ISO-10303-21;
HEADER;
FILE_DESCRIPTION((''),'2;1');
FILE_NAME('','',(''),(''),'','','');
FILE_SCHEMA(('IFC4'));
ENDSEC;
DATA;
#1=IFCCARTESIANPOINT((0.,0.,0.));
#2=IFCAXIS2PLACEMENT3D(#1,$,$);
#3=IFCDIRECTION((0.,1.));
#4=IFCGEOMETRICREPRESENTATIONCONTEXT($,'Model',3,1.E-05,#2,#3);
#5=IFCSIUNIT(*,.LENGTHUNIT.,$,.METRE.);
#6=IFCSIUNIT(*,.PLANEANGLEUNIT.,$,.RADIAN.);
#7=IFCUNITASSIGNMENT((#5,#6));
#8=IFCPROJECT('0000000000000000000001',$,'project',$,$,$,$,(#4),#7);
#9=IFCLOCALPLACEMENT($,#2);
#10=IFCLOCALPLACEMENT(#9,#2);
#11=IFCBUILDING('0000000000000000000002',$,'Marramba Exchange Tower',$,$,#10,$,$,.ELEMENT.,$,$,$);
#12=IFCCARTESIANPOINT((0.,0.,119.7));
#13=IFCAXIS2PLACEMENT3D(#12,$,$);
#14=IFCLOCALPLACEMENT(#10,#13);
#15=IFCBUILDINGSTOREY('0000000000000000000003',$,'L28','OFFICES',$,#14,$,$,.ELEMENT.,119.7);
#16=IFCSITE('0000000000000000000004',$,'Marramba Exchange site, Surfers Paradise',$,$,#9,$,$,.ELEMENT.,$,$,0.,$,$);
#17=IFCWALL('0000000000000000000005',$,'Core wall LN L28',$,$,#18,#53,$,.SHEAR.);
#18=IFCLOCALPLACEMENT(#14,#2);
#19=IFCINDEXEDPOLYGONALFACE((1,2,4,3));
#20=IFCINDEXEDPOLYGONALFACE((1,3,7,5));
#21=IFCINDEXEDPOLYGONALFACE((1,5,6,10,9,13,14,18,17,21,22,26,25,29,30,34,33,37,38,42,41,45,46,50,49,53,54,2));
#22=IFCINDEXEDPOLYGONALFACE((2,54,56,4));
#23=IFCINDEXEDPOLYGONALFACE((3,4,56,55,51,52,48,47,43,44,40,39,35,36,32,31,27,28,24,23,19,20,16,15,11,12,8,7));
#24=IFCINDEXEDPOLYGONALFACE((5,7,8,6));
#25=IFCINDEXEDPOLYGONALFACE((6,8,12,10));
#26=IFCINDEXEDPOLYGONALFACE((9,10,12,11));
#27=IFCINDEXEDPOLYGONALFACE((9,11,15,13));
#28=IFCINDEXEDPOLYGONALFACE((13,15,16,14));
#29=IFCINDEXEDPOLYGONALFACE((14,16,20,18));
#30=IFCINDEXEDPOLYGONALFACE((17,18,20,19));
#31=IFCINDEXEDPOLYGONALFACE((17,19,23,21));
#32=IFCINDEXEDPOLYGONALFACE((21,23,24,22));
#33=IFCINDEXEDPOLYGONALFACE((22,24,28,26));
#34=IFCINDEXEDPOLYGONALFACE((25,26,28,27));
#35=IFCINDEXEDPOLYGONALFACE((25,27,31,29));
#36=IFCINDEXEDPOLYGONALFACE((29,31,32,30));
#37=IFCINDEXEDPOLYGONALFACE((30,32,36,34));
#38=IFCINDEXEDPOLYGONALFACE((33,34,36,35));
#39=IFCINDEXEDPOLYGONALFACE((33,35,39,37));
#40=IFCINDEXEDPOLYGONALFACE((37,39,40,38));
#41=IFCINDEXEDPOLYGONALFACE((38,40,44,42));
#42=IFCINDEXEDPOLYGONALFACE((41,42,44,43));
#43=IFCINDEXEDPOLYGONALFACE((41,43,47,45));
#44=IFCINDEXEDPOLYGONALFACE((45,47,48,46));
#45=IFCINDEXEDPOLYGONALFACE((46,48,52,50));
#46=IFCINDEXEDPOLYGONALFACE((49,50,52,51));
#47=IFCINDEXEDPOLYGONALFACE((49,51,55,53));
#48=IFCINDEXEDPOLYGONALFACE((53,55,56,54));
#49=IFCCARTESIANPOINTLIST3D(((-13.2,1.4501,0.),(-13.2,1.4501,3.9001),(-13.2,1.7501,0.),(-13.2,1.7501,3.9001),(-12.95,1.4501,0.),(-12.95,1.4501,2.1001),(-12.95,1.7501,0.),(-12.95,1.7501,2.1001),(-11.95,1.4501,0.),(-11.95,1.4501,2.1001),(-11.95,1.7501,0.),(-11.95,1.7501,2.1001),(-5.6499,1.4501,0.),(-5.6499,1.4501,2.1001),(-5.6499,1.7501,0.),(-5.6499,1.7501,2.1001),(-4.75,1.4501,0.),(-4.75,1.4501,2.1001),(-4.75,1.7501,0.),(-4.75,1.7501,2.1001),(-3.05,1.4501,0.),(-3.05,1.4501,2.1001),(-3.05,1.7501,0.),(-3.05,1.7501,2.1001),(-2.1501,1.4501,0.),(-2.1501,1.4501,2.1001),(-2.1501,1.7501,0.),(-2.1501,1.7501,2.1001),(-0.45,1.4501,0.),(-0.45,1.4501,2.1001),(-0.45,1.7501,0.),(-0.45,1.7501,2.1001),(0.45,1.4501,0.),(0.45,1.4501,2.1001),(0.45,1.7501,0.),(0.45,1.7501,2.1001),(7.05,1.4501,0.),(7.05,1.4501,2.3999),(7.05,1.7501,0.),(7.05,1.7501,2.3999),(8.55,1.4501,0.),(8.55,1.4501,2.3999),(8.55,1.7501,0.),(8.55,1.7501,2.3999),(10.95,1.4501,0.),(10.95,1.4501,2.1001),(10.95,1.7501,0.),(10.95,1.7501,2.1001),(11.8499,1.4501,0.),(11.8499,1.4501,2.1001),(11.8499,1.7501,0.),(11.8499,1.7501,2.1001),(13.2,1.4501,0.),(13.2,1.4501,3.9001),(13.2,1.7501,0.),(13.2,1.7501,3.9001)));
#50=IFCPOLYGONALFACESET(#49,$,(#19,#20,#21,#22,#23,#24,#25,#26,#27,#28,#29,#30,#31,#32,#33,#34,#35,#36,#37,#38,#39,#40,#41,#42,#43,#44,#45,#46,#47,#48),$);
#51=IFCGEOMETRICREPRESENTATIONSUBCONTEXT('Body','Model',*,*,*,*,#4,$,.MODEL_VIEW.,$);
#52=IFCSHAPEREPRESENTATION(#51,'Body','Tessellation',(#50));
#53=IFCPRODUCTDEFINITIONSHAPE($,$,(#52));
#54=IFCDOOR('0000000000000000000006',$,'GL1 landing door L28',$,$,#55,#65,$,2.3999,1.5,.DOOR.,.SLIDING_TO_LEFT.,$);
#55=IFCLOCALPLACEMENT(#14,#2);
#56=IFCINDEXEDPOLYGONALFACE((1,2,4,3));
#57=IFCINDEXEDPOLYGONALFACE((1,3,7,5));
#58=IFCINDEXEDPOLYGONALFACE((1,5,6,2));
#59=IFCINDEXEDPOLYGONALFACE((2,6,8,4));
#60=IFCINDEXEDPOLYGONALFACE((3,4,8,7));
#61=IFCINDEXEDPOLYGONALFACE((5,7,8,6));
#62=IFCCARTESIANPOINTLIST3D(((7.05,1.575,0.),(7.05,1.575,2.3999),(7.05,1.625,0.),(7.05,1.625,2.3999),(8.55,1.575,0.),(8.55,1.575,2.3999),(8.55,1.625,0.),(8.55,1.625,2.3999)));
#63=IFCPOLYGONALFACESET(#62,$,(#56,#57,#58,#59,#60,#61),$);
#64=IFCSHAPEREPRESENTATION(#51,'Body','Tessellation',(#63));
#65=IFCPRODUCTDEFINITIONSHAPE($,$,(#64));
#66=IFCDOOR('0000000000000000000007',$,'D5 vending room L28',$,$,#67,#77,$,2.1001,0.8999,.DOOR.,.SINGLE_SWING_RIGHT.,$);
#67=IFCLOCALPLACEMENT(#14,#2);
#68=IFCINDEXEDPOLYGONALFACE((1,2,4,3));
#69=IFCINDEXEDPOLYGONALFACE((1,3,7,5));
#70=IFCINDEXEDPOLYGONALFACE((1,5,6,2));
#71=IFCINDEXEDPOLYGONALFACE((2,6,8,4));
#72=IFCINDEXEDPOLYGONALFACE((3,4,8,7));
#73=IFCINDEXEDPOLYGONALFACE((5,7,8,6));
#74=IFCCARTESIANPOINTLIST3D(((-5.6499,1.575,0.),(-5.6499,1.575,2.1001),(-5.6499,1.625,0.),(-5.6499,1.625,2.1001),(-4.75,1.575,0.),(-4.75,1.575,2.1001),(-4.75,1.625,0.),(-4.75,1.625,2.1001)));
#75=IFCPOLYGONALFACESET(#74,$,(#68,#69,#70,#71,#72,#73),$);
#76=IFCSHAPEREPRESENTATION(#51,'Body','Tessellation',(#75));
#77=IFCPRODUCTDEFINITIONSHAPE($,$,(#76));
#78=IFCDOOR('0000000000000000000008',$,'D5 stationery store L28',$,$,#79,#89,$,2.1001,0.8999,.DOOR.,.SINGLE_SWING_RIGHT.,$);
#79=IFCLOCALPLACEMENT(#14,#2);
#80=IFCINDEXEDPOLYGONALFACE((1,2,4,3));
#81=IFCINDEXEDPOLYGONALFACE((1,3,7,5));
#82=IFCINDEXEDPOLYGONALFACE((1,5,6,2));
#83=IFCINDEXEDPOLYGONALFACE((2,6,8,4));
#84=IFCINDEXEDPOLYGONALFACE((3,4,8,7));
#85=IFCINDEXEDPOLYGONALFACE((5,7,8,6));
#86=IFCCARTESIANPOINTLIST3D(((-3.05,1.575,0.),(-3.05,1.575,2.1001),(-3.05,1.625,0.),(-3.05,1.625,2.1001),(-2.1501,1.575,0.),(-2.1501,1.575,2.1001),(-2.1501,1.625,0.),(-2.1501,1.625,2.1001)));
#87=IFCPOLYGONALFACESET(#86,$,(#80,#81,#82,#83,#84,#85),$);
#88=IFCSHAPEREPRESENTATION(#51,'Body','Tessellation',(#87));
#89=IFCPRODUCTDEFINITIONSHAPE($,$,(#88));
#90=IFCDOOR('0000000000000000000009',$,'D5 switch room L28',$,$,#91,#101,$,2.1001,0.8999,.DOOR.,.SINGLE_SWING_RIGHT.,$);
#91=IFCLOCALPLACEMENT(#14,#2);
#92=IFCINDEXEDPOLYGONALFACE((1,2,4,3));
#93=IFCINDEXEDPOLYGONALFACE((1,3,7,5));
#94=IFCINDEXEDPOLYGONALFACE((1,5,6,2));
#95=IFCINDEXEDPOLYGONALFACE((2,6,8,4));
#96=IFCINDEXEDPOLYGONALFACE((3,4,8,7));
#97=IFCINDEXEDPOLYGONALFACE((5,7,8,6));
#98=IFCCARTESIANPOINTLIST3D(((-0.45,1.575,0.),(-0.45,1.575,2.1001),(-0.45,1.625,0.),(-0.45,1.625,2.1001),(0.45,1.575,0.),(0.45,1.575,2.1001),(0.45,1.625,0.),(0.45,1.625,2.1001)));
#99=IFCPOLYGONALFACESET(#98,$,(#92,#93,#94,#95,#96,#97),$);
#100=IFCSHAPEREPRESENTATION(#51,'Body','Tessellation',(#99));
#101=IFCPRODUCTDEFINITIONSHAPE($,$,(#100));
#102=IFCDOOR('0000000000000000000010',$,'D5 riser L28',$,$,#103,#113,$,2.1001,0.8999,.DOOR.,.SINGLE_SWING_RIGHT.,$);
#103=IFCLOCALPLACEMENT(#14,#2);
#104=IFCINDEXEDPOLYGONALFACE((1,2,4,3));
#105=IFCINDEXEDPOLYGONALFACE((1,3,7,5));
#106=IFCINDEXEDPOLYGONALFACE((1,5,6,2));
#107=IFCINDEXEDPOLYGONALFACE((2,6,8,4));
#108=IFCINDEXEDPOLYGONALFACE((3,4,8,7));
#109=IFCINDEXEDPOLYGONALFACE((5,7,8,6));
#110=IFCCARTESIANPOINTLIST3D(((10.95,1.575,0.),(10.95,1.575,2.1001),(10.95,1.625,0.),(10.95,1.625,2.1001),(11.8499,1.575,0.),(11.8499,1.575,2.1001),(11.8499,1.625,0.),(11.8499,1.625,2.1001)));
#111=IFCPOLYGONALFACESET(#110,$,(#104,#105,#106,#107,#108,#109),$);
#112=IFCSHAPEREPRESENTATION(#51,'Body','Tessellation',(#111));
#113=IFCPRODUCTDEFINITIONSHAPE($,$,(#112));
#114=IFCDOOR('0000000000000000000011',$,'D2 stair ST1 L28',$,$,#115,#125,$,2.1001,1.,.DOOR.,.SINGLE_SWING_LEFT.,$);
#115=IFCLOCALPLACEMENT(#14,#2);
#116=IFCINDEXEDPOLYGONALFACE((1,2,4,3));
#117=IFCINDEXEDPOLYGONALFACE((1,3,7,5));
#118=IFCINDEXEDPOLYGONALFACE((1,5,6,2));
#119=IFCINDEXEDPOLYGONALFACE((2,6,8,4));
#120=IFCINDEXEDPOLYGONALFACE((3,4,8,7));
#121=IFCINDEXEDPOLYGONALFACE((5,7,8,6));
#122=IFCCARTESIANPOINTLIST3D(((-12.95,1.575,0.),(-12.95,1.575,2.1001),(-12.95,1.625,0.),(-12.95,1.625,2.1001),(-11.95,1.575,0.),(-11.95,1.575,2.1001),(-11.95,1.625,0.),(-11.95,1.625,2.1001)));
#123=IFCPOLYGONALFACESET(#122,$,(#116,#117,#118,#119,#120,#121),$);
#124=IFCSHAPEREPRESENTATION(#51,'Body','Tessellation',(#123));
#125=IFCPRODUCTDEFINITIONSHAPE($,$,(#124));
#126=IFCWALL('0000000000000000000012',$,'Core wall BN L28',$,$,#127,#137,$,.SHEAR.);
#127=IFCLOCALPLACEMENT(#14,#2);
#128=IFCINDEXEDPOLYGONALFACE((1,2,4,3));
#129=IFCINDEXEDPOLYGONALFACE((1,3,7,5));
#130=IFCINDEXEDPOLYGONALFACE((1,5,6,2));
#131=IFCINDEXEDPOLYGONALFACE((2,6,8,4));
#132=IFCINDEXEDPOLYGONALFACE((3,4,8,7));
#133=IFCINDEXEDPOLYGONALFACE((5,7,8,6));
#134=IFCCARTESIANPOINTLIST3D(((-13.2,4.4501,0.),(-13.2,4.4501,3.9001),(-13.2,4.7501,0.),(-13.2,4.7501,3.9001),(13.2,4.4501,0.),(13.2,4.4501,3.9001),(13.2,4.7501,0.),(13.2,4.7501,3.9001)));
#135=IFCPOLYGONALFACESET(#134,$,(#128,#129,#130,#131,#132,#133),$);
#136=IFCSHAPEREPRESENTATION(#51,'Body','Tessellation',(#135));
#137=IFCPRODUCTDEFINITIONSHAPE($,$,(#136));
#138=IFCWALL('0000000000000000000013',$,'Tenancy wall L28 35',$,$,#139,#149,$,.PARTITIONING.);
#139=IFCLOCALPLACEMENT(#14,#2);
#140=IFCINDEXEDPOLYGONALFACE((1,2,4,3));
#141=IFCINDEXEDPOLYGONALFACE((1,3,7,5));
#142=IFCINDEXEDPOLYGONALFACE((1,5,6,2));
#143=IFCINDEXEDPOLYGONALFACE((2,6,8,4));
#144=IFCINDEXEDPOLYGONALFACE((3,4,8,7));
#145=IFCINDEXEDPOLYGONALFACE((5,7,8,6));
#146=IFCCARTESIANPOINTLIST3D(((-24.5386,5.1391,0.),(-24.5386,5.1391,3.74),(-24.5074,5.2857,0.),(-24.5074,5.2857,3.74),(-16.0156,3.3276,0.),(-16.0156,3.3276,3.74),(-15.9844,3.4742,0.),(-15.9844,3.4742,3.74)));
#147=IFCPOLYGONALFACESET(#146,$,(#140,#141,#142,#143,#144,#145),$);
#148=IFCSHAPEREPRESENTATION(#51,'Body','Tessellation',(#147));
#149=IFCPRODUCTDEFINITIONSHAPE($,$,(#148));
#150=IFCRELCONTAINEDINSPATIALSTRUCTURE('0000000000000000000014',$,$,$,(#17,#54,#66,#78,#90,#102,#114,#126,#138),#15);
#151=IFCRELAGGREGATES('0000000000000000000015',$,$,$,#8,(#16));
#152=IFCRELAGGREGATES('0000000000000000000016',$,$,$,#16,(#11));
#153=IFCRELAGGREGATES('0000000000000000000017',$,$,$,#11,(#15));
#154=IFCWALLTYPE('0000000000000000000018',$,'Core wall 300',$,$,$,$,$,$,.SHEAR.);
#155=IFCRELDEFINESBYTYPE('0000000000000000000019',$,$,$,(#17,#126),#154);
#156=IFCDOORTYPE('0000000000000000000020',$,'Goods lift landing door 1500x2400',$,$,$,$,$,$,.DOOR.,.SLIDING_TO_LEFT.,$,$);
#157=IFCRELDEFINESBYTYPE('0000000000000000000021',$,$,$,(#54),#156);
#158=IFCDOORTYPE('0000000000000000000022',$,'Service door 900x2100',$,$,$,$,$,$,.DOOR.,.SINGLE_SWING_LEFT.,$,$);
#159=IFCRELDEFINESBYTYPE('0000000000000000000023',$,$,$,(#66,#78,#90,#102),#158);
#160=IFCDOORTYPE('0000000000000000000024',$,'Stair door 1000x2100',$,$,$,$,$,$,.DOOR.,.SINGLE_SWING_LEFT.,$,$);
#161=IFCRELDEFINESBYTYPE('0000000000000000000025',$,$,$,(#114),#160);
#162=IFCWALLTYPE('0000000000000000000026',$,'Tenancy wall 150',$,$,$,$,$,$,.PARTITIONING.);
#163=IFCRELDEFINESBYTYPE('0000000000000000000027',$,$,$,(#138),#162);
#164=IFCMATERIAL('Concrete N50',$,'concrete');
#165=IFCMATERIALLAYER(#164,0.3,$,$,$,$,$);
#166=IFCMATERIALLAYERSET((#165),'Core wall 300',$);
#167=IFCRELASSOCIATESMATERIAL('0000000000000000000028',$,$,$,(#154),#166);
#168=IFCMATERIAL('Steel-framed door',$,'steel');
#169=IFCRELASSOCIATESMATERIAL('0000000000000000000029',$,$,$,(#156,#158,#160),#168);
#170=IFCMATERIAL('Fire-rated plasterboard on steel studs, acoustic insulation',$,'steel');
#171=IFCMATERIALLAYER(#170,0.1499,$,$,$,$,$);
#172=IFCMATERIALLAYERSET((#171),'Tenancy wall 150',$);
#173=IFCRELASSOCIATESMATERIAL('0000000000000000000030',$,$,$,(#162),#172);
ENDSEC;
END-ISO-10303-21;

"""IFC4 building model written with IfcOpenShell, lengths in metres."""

from ifc_helpers import new_model, si_unit, direction, frame, frame_2d, origin, place, context, subcontext, project, spatial, rectangle, extrude, material, layer, layer_set, type_object, element, fill, save


model = new_model("IFC4")

# Units and contexts
model_context = context("Model", 3, precision=1e-05, world=origin(), true_north=direction((0.0, 1.0)))
body_context = subcontext(model_context, "Body", "Model", "MODEL_VIEW")
ifc_project = project(units=[si_unit("LENGTHUNIT", "METRE"), si_unit("PLANEANGLEUNIT", "RADIAN")], contexts=[model_context])

# Site, building, storey
site_placement = place(None, origin())
site = spatial("IfcSite", under=ifc_project, at=site_placement, Name="Marramba Exchange site, Surfers Paradise", CompositionType="ELEMENT", RefElevation=0.0)
building_placement = place(site_placement, origin())
building = spatial("IfcBuilding", under=site, at=building_placement, Name="Marramba Exchange Tower", CompositionType="ELEMENT")
storey_placement = place(building_placement, frame((0.0, 0.0, 119.7)))
storey = spatial("IfcBuildingStorey", under=building, at=storey_placement, Name="L28", Description="OFFICES", CompositionType="ELEMENT", Elevation=119.7)

# Shared definitions
ifc_material_1 = material(Name="Concrete N50", Category="concrete")

# Wall, openings, doors
ifc_layer_1 = layer(ifc_material_1, 0.3)
ifc_layer_set_1 = layer_set([ifc_layer_1], Name="Core wall 300")
wall_type_1 = type_object("IfcWallType", Name="Core wall 300", PredefinedType="SHEAR", material=ifc_layer_set_1)
wall_1_placement = place(storey_placement, frame((-13.2, 1.6001, 0.0), z_axis=(0.0, 0.0, 1.0), x_axis=(1.0, 0.0, 0.0)))
wall_1 = element("IfcWall", 1, at=wall_1_placement, inside=storey, type_object=wall_type_1, Name="Core wall LN L28", PredefinedType="SHEAR", context=body_context, shape_type="SweptSolid", body=[
    extrude(rectangle(XDim=26.3999, YDim=0.3, at=frame_2d((13.2, 0.0))), origin(), (0.0, 0.0, 1.0), 3.9001),
])
opening_1_placement = place(wall_1_placement, frame((0.25, 0.0, 0.0)))
opening_1 = element("IfcOpeningElement", 2, at=opening_1_placement, cuts=wall_1, PredefinedType="OPENING", context=body_context, shape_type="SweptSolid", body=[
    extrude(rectangle(XDim=1.0, YDim=2.1001, at=frame_2d((0.5, 1.05))), frame((0.0, 0.1599, 0.0), z_axis=(0.0, -1.0, 0.0), x_axis=(1.0, 0.0, 0.0)), (0.0, 0.0, 1.0), 0.3201),
])
opening_2_placement = place(wall_1_placement, frame((20.25, 0.0, 0.0)))
opening_2 = element("IfcOpeningElement", 3, at=opening_2_placement, cuts=wall_1, PredefinedType="OPENING", context=body_context, shape_type="SweptSolid", body=[
    extrude(rectangle(XDim=1.5, YDim=2.3999, at=frame_2d((0.75, 1.2))), frame((0.0, 0.1599, 0.0), z_axis=(0.0, -1.0, 0.0), x_axis=(1.0, 0.0, 0.0)), (0.0, 0.0, 1.0), 0.3201),
])
opening_3_placement = place(wall_1_placement, frame((7.55, 0.0, 0.0)))
opening_3 = element("IfcOpeningElement", 4, at=opening_3_placement, cuts=wall_1, PredefinedType="OPENING", context=body_context, shape_type="SweptSolid", body=[
    extrude(rectangle(XDim=0.8999, YDim=2.1001, at=frame_2d((0.45, 1.05))), frame((0.0, 0.1599, 0.0), z_axis=(0.0, -1.0, 0.0), x_axis=(1.0, 0.0, 0.0)), (0.0, 0.0, 1.0), 0.3201),
])
opening_4_placement = place(wall_1_placement, frame((10.1499, 0.0, 0.0)))
opening_4 = element("IfcOpeningElement", 5, at=opening_4_placement, cuts=wall_1, PredefinedType="OPENING", context=body_context, shape_type="SweptSolid", body=[
    extrude(rectangle(XDim=0.8999, YDim=2.1001, at=frame_2d((0.45, 1.05))), frame((0.0, 0.1599, 0.0), z_axis=(0.0, -1.0, 0.0), x_axis=(1.0, 0.0, 0.0)), (0.0, 0.0, 1.0), 0.3201),
])
opening_5_placement = place(wall_1_placement, frame((12.75, 0.0, 0.0)))
opening_5 = element("IfcOpeningElement", 6, at=opening_5_placement, cuts=wall_1, PredefinedType="OPENING", context=body_context, shape_type="SweptSolid", body=[
    extrude(rectangle(XDim=0.8999, YDim=2.1001, at=frame_2d((0.45, 1.05))), frame((0.0, 0.1599, 0.0), z_axis=(0.0, -1.0, 0.0), x_axis=(1.0, 0.0, 0.0)), (0.0, 0.0, 1.0), 0.3201),
])
opening_6_placement = place(wall_1_placement, frame((24.1499, 0.0, 0.0)))
opening_6 = element("IfcOpeningElement", 7, at=opening_6_placement, cuts=wall_1, PredefinedType="OPENING", context=body_context, shape_type="SweptSolid", body=[
    extrude(rectangle(XDim=0.8999, YDim=2.1001, at=frame_2d((0.45, 1.05))), frame((0.0, 0.1599, 0.0), z_axis=(0.0, -1.0, 0.0), x_axis=(1.0, 0.0, 0.0)), (0.0, 0.0, 1.0), 0.3201),
])
ifc_material_2 = material(Name="Steel-framed door", Category="steel")
door_type_1 = type_object("IfcDoorType", Name="Goods lift landing door 1500x2400", OperationType="SLIDING_TO_LEFT", PredefinedType="DOOR", material=ifc_material_2)
door_1_placement = place(opening_2_placement, origin())
door_1 = element("IfcDoor", 8, at=door_1_placement, inside=storey, type_object=door_type_1, Name="GL1 landing door L28", OperationType="SLIDING_TO_LEFT", OverallHeight=2.3999, OverallWidth=1.5, PredefinedType="DOOR", context=body_context, shape_type="SweptSolid", body=[
    extrude(rectangle(XDim=1.5, YDim=2.3999, at=frame_2d((0.75, 1.2))), frame((0.0, 0.0249, 0.0), z_axis=(0.0, -1.0, 0.0), x_axis=(1.0, 0.0, 0.0)), (0.0, 0.0, 1.0), 0.05),
])
fill(opening_2, door_1)
door_type_2 = type_object("IfcDoorType", Name="Service door 900x2100", OperationType="SINGLE_SWING_LEFT", PredefinedType="DOOR", material=ifc_material_2)
door_2_placement = place(opening_3_placement, origin())
door_2 = element("IfcDoor", 9, at=door_2_placement, inside=storey, type_object=door_type_2, Name="D5 vending room L28", OperationType="SINGLE_SWING_RIGHT", OverallHeight=2.1001, OverallWidth=0.8999, PredefinedType="DOOR", context=body_context, shape_type="SweptSolid", body=[
    extrude(rectangle(XDim=0.8999, YDim=2.1001, at=frame_2d((0.45, 1.05))), frame((0.0, 0.0249, 0.0), z_axis=(0.0, -1.0, 0.0), x_axis=(1.0, 0.0, 0.0)), (0.0, 0.0, 1.0), 0.05),
])
fill(opening_3, door_2)
door_3_placement = place(opening_4_placement, origin())
door_3 = element("IfcDoor", 10, at=door_3_placement, inside=storey, type_object=door_type_2, Name="D5 stationery store L28", OperationType="SINGLE_SWING_RIGHT", OverallHeight=2.1001, OverallWidth=0.8999, PredefinedType="DOOR", context=body_context, shape_type="SweptSolid", body=[
    extrude(rectangle(XDim=0.8999, YDim=2.1001, at=frame_2d((0.45, 1.05))), frame((0.0, 0.0249, 0.0), z_axis=(0.0, -1.0, 0.0), x_axis=(1.0, 0.0, 0.0)), (0.0, 0.0, 1.0), 0.05),
])
fill(opening_4, door_3)
door_4_placement = place(opening_5_placement, origin())
door_4 = element("IfcDoor", 11, at=door_4_placement, inside=storey, type_object=door_type_2, Name="D5 switch room L28", OperationType="SINGLE_SWING_RIGHT", OverallHeight=2.1001, OverallWidth=0.8999, PredefinedType="DOOR", context=body_context, shape_type="SweptSolid", body=[
    extrude(rectangle(XDim=0.8999, YDim=2.1001, at=frame_2d((0.45, 1.05))), frame((0.0, 0.0249, 0.0), z_axis=(0.0, -1.0, 0.0), x_axis=(1.0, 0.0, 0.0)), (0.0, 0.0, 1.0), 0.05),
])
fill(opening_5, door_4)
door_5_placement = place(opening_6_placement, origin())
door_5 = element("IfcDoor", 12, at=door_5_placement, inside=storey, type_object=door_type_2, Name="D5 riser L28", OperationType="SINGLE_SWING_RIGHT", OverallHeight=2.1001, OverallWidth=0.8999, PredefinedType="DOOR", context=body_context, shape_type="SweptSolid", body=[
    extrude(rectangle(XDim=0.8999, YDim=2.1001, at=frame_2d((0.45, 1.05))), frame((0.0, 0.0249, 0.0), z_axis=(0.0, -1.0, 0.0), x_axis=(1.0, 0.0, 0.0)), (0.0, 0.0, 1.0), 0.05),
])
fill(opening_6, door_5)
door_type_3 = type_object("IfcDoorType", Name="Stair door 1000x2100", OperationType="SINGLE_SWING_LEFT", PredefinedType="DOOR", material=ifc_material_2)
door_6_placement = place(opening_1_placement, origin())
door_6 = element("IfcDoor", 13, at=door_6_placement, inside=storey, type_object=door_type_3, Name="D2 stair ST1 L28", OperationType="SINGLE_SWING_LEFT", OverallHeight=2.1001, OverallWidth=1.0, PredefinedType="DOOR", context=body_context, shape_type="SweptSolid", body=[
    extrude(rectangle(XDim=1.0, YDim=2.1001, at=frame_2d((0.5, 1.05))), frame((0.0, 0.0249, 0.0), z_axis=(0.0, -1.0, 0.0), x_axis=(1.0, 0.0, 0.0)), (0.0, 0.0, 1.0), 0.05),
])
fill(opening_1, door_6)

# Walls
wall_2_placement = place(storey_placement, frame((-13.2, 4.6001, 0.0), z_axis=(0.0, 0.0, 1.0), x_axis=(1.0, 0.0, 0.0)))
element("IfcWall", 14, at=wall_2_placement, inside=storey, type_object=wall_type_1, Name="Core wall BN L28", PredefinedType="SHEAR", context=body_context, shape_type="SweptSolid", body=[
    extrude(rectangle(XDim=26.3999, YDim=0.3, at=frame_2d((13.2, 0.0))), origin(), (0.0, 0.0, 1.0), 3.9001),
])
ifc_material_3 = material(Name="Fire-rated plasterboard on steel studs, acoustic insulation", Category="steel")
ifc_layer_2 = layer(ifc_material_3, 0.1499)
ifc_layer_set_2 = layer_set([ifc_layer_2], Name="Tenancy wall 150")
wall_type_2 = type_object("IfcWallType", Name="Tenancy wall 150", PredefinedType="PARTITIONING", material=ifc_layer_set_2)
wall_3_placement = place(storey_placement, frame((-16.0, 3.4009, 0.0), z_axis=(0.0, 0.0, 1.0), x_axis=(-0.97815, 0.207902, 0.0)))
element("IfcWall", 15, at=wall_3_placement, inside=storey, type_object=wall_type_2, Name="Tenancy wall L28 35", PredefinedType="PARTITIONING", context=body_context, shape_type="SweptSolid", body=[
    extrude(rectangle(XDim=8.7134, YDim=0.1499, at=frame_2d((4.3567, 0.0))), origin(), (0.0, 0.0, 1.0), 3.74),
])

save(model, "model.ifc")
